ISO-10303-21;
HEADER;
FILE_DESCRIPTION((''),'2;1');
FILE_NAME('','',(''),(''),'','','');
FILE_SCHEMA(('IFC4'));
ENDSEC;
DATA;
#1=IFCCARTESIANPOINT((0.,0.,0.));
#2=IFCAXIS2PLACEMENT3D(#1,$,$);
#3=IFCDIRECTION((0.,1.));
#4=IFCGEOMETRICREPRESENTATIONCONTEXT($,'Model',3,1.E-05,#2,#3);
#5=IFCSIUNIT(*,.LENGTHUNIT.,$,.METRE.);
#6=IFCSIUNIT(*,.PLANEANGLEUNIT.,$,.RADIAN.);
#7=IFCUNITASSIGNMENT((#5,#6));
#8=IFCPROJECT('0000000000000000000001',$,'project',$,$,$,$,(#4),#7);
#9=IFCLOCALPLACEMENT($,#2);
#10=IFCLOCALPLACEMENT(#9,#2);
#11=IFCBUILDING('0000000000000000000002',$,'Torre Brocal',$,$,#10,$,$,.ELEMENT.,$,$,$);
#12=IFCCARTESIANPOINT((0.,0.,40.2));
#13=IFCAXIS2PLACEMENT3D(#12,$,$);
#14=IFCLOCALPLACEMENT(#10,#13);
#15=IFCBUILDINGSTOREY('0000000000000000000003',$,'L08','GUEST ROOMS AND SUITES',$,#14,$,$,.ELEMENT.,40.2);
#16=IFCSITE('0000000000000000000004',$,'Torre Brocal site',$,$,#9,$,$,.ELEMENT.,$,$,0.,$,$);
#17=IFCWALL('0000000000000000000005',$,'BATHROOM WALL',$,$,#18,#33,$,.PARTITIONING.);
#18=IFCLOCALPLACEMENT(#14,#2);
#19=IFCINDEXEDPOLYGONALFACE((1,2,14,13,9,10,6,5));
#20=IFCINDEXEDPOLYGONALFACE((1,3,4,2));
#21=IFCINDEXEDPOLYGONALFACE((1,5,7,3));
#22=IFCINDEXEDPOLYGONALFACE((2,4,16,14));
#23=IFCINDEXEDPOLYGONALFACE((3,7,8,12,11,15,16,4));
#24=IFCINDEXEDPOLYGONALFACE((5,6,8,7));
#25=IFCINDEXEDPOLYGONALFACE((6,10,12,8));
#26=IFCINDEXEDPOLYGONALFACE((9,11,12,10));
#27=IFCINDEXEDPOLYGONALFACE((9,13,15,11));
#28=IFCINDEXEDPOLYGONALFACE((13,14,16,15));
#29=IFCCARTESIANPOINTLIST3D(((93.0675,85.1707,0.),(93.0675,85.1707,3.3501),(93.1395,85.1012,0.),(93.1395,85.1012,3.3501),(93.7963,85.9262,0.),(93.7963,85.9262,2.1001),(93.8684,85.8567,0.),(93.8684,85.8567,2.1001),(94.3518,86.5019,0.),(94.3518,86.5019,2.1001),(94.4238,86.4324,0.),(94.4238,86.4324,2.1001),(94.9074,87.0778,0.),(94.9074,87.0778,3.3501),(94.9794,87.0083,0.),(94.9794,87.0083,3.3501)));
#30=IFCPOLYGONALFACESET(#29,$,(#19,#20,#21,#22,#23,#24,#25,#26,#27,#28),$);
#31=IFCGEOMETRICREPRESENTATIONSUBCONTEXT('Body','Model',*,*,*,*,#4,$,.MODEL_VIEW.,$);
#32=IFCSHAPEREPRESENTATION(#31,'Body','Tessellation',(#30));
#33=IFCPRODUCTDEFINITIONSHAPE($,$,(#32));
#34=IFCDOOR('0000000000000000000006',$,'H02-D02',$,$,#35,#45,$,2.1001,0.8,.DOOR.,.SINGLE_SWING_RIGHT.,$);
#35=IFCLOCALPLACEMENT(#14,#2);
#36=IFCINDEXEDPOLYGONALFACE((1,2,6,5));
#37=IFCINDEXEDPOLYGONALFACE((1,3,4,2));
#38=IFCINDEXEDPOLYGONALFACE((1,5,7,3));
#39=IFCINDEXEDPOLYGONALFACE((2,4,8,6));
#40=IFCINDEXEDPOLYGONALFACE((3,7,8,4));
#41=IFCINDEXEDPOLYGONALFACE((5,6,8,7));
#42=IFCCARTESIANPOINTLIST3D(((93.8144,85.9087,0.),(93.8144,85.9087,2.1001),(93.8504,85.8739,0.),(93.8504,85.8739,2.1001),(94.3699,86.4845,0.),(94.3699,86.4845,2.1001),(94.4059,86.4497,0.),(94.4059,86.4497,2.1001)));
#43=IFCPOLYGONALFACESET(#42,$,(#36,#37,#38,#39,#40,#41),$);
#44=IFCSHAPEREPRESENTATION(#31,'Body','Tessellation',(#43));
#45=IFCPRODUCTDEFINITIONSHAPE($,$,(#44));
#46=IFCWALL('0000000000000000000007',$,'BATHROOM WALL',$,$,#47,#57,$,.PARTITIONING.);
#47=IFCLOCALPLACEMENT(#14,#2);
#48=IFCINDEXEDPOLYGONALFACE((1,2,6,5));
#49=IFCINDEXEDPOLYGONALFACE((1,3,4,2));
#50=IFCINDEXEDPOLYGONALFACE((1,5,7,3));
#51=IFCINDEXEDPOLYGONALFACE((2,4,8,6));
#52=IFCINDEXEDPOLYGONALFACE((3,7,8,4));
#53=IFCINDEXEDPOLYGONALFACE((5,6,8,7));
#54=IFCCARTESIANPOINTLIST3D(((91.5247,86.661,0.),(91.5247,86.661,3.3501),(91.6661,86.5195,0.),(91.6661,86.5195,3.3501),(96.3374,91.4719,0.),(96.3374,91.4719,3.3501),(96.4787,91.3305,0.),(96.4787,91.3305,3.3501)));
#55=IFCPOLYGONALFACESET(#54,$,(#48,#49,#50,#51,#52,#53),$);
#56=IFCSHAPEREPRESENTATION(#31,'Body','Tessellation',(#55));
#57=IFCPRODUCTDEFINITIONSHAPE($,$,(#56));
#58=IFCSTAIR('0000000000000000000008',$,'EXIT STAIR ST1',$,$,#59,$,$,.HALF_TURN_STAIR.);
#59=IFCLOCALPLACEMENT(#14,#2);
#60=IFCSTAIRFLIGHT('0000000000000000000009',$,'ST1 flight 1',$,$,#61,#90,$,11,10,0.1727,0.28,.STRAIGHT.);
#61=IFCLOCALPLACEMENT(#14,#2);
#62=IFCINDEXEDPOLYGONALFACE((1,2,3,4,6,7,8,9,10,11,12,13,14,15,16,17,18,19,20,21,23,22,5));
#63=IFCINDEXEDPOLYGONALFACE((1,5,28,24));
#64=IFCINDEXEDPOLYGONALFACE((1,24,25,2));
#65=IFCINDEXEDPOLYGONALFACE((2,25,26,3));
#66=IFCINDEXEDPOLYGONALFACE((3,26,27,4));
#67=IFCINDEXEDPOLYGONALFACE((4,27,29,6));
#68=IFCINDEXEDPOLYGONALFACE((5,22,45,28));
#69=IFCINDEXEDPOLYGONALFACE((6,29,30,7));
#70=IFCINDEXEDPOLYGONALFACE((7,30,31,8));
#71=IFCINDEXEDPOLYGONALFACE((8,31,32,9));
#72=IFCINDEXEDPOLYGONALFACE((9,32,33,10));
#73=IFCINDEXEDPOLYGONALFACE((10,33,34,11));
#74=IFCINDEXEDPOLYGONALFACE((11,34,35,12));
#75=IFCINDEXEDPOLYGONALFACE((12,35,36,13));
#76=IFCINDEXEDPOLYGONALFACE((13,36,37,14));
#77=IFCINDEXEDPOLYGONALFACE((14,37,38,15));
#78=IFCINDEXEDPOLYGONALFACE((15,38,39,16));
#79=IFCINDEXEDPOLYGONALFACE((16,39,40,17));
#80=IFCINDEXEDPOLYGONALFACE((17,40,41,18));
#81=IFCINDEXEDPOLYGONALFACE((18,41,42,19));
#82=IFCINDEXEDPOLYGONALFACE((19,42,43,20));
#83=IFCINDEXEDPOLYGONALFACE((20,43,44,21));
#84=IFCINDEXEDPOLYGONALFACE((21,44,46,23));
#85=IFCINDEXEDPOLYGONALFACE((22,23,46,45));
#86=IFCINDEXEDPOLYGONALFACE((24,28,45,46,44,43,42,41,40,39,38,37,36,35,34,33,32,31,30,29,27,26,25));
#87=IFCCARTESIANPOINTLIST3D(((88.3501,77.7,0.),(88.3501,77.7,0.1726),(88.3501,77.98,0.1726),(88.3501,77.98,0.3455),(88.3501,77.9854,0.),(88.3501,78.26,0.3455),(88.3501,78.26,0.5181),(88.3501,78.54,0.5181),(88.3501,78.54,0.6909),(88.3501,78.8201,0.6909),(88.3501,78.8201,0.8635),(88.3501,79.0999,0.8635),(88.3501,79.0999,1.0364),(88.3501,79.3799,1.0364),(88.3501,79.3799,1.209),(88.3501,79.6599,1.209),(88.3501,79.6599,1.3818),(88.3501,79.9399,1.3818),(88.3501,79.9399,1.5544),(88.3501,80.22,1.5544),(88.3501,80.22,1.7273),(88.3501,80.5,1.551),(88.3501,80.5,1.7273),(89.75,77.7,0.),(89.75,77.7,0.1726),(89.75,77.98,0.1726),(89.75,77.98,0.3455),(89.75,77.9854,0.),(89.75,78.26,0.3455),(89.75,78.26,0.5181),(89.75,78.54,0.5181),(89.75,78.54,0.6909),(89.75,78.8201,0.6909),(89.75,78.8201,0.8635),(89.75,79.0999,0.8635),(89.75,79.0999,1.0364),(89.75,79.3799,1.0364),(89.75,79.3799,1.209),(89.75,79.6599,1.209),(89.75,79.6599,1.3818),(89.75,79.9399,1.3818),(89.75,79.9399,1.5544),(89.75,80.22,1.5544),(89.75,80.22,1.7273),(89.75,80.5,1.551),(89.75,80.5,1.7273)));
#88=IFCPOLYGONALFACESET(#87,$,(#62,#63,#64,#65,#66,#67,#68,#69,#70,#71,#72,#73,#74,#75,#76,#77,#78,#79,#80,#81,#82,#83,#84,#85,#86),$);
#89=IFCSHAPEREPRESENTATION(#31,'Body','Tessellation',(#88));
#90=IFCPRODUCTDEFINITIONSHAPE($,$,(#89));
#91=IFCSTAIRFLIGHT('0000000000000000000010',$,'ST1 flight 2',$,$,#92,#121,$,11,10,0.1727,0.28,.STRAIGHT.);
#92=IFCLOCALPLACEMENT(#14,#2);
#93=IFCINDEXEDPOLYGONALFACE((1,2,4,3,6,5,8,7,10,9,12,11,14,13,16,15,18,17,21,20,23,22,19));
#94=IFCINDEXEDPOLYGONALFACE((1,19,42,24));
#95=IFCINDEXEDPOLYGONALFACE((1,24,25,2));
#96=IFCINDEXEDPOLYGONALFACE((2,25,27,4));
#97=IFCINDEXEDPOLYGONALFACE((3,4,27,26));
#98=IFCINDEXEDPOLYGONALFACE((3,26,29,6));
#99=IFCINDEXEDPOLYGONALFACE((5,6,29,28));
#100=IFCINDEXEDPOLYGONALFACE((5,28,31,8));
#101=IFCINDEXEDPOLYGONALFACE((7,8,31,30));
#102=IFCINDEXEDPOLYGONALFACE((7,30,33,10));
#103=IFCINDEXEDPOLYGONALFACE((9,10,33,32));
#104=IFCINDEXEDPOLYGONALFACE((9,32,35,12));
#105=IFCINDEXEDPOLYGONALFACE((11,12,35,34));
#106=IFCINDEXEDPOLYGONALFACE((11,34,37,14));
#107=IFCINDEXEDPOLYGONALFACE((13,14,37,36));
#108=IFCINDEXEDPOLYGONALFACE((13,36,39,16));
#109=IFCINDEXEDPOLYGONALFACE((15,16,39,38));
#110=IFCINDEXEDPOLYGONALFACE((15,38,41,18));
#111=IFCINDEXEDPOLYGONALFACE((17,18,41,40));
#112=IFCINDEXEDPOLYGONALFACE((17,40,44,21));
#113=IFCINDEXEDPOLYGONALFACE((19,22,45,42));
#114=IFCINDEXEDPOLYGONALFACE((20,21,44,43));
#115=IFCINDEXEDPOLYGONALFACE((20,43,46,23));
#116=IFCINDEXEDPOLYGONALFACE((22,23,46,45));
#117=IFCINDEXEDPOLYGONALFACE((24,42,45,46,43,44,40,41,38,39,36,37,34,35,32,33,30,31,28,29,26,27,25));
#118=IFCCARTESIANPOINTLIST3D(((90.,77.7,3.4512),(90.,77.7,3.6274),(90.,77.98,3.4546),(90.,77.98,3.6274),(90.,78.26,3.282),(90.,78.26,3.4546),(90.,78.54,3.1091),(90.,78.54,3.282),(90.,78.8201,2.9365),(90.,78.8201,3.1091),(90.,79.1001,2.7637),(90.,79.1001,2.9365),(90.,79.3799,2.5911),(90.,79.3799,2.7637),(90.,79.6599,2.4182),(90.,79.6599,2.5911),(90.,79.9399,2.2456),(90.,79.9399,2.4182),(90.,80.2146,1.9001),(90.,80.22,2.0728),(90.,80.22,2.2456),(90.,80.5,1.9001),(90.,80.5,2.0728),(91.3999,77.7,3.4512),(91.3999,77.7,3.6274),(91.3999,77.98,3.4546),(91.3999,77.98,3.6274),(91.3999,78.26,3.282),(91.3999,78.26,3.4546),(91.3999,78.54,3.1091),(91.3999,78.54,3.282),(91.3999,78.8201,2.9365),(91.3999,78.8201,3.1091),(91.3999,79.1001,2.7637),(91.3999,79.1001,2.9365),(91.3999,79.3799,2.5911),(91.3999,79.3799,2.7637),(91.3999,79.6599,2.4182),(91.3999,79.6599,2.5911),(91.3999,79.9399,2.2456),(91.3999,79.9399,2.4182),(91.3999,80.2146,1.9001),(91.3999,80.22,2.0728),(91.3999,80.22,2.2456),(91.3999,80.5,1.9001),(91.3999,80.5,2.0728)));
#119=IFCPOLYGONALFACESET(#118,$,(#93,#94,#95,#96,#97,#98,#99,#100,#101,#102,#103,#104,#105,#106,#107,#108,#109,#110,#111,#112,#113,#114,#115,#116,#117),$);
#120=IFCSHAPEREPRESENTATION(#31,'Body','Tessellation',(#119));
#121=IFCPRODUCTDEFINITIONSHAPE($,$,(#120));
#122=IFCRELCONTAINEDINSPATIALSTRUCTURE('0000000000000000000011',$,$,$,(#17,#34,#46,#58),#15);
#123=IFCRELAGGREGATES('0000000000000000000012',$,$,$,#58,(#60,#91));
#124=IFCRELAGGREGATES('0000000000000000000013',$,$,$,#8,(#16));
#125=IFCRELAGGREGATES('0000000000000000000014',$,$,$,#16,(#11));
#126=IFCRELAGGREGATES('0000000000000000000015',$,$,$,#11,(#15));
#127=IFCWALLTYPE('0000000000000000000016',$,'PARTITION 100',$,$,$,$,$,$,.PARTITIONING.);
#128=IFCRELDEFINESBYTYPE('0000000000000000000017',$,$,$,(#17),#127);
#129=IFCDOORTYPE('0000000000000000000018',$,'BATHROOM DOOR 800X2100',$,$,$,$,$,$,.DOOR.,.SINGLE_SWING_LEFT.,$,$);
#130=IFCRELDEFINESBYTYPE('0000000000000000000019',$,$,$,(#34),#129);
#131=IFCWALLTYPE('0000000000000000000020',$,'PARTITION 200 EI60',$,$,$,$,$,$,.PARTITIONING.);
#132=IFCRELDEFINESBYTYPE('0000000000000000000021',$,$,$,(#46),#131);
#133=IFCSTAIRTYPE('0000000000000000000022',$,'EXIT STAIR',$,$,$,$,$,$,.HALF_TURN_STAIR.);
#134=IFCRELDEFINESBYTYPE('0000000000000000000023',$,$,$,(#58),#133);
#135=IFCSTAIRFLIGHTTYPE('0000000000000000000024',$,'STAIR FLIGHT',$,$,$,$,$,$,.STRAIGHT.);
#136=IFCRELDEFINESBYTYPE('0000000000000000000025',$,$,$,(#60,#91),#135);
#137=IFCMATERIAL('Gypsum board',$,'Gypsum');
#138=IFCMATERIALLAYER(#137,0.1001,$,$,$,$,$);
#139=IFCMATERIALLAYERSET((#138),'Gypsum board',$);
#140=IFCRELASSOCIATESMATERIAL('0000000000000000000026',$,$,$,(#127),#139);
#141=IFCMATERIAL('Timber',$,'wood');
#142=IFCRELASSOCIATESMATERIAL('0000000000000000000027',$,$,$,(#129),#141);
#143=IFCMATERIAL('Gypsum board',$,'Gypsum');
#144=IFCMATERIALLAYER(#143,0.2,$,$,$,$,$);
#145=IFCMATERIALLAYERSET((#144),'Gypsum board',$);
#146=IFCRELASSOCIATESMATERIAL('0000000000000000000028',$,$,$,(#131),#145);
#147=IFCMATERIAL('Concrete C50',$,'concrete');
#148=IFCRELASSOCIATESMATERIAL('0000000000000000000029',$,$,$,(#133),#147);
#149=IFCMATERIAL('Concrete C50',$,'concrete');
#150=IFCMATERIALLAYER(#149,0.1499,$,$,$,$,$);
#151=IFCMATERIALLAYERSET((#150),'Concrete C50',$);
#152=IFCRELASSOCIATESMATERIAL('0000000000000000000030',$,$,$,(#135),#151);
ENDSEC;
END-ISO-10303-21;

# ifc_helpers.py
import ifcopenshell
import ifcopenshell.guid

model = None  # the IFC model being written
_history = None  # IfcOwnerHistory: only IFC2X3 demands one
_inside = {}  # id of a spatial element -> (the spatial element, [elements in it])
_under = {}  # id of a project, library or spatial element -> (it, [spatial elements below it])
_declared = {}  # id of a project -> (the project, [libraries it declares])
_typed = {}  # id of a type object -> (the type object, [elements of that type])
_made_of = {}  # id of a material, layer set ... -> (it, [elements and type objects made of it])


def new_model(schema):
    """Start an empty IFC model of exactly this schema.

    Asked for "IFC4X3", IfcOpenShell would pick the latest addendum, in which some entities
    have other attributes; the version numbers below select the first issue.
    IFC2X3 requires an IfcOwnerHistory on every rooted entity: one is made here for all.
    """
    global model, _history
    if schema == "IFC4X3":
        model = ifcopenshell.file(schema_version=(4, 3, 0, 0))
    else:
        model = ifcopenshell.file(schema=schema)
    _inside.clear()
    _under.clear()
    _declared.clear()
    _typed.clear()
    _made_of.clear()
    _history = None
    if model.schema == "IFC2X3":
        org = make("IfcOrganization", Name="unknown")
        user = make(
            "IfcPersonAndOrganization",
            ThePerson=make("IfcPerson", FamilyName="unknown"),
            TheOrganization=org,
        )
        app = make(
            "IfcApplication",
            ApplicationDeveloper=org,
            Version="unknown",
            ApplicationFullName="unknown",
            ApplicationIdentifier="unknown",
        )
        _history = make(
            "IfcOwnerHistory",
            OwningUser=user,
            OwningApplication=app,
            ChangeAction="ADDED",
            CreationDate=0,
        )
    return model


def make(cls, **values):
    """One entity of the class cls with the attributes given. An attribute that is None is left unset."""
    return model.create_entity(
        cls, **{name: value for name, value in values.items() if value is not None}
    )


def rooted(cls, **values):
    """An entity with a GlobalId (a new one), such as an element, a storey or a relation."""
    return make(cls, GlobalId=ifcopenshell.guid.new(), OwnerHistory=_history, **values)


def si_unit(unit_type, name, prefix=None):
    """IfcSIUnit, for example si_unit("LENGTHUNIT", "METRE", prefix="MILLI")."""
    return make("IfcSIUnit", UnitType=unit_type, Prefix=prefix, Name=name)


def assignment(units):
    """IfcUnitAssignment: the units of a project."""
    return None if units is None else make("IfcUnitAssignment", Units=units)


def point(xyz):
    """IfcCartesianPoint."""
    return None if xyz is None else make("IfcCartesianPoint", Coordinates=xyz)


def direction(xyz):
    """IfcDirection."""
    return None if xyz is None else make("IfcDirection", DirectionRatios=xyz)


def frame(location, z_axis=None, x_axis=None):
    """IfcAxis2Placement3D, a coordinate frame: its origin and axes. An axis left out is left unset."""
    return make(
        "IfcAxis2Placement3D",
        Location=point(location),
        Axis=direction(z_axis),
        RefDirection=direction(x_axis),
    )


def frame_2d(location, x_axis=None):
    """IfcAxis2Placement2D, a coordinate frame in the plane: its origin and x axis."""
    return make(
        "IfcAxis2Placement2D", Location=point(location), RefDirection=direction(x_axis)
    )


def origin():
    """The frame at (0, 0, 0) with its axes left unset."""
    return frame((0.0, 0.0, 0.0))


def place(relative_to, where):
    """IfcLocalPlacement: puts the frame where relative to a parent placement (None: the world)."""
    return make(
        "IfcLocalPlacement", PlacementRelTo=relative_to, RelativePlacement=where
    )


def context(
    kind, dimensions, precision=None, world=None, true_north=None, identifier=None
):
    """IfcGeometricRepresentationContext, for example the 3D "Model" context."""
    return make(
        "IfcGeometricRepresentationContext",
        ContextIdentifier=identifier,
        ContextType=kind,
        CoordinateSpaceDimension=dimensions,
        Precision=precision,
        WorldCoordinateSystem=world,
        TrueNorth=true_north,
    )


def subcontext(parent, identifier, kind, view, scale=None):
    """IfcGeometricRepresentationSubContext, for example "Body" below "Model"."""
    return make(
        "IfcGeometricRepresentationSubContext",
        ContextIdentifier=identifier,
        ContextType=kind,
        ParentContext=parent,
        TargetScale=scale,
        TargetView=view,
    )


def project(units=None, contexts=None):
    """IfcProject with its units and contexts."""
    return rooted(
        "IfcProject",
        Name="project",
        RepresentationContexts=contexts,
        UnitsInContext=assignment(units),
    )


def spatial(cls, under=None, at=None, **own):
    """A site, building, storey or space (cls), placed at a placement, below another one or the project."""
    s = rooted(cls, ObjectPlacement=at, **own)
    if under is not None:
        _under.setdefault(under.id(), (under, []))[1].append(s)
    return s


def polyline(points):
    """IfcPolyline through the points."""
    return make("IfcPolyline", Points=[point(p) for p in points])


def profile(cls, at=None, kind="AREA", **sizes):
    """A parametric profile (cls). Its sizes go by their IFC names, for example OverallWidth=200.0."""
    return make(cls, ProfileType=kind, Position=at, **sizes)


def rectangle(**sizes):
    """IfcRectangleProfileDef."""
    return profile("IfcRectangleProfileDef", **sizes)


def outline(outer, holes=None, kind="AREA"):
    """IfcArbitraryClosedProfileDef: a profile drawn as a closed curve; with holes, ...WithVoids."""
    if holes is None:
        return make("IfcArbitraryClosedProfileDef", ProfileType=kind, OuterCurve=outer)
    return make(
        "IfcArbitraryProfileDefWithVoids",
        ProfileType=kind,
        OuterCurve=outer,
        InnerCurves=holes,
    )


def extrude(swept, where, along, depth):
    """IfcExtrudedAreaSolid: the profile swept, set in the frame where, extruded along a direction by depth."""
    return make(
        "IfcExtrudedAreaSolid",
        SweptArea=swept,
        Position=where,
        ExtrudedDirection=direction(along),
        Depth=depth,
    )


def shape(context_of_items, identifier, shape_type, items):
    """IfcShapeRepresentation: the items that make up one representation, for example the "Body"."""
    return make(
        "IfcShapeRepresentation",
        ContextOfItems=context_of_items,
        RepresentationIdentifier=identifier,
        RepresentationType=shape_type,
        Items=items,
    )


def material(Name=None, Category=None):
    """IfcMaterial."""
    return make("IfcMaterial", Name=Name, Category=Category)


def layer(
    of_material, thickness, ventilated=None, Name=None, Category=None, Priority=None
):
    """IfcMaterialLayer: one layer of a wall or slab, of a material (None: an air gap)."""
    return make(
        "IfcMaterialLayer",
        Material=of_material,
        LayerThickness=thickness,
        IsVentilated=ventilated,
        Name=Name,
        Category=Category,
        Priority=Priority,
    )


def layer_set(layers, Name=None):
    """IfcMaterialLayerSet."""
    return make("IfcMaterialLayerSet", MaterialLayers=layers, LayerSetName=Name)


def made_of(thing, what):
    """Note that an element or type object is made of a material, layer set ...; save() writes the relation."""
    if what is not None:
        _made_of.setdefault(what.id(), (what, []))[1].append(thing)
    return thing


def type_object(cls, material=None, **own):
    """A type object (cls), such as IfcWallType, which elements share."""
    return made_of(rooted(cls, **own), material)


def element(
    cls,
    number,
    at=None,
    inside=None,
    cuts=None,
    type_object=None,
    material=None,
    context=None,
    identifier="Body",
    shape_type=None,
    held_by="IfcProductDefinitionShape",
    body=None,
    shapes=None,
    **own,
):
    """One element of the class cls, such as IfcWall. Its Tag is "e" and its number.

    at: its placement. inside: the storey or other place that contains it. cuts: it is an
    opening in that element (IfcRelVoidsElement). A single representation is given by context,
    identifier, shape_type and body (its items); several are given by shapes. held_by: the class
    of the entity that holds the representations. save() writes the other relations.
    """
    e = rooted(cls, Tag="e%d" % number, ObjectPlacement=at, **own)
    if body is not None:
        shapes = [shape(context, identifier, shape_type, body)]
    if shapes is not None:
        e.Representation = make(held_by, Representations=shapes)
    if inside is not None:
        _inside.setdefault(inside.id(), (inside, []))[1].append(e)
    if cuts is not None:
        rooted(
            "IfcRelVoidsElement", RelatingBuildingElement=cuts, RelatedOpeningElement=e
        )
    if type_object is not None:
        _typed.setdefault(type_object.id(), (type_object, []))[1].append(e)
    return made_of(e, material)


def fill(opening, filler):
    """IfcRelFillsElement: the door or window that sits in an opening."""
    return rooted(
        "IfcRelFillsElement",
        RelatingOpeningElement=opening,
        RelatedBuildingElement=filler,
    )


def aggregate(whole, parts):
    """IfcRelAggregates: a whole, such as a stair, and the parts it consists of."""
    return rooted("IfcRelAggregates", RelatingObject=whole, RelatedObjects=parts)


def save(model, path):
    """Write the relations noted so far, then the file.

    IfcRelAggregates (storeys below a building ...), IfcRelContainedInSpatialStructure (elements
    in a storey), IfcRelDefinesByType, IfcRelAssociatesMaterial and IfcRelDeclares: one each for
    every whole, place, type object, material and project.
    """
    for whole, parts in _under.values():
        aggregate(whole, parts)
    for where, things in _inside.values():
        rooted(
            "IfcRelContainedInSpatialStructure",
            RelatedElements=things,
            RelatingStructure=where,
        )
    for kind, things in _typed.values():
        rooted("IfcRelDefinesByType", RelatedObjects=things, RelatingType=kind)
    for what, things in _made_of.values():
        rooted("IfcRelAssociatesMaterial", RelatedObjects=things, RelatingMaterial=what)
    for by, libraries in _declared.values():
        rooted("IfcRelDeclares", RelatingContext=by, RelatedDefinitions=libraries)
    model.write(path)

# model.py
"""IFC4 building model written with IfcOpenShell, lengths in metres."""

from ifc_helpers import new_model, si_unit, direction, frame, frame_2d, origin, place, context, subcontext, project, spatial, polyline, rectangle, outline, extrude, material, layer, layer_set, type_object, element, fill, aggregate, save


model = new_model("IFC4")

# Units and contexts
model_context = context("Model", 3, precision=1e-05, world=origin(), true_north=direction((0.0, 1.0)))
body_context = subcontext(model_context, "Body", "Model", "MODEL_VIEW")
ifc_project = project(units=[si_unit("LENGTHUNIT", "METRE"), si_unit("PLANEANGLEUNIT", "RADIAN")], contexts=[model_context])

# Site, building, storey
site_placement = place(None, origin())
site = spatial("IfcSite", under=ifc_project, at=site_placement, Name="Torre Brocal site", CompositionType="ELEMENT", RefElevation=0.0)
building_placement = place(site_placement, origin())
building = spatial("IfcBuilding", under=site, at=building_placement, Name="Torre Brocal", CompositionType="ELEMENT")
storey_placement = place(building_placement, frame((0.0, 0.0, 40.2)))
storey = spatial("IfcBuildingStorey", under=building, at=storey_placement, Name="L08", Description="GUEST ROOMS AND SUITES", CompositionType="ELEMENT", Elevation=40.2)

# Wall, opening, door
ifc_material_1 = material(Name="Gypsum board", Category="Gypsum")
ifc_layer_1 = layer(ifc_material_1, 0.1001)
ifc_layer_set_1 = layer_set([ifc_layer_1], Name="Gypsum board")
wall_type_1 = type_object("IfcWallType", Name="PARTITION 100", PredefinedType="PARTITIONING", material=ifc_layer_set_1)
wall_1_placement = place(storey_placement, frame((93.1035, 85.136, 0.0), z_axis=(0.0, 0.0, 1.0), x_axis=(0.694325, 0.719662, 0.0)))
wall_1 = element("IfcWall", 1, at=wall_1_placement, inside=storey, type_object=wall_type_1, Name="BATHROOM WALL", PredefinedType="PARTITIONING", context=body_context, shape_type="SweptSolid", body=[
    extrude(rectangle(XDim=2.6499, YDim=0.1001, at=frame_2d((1.325, 0.0))), origin(), (0.0, 0.0, 1.0), 3.3501),
])
opening_1_placement = place(wall_1_placement, frame((1.0498, 0.0, 0.0)))
opening_1 = element("IfcOpeningElement", 2, at=opening_1_placement, cuts=wall_1, PredefinedType="OPENING", context=body_context, shape_type="SweptSolid", body=[
    extrude(rectangle(XDim=0.8, YDim=2.1001, at=frame_2d((0.3999, 1.05))), frame((0.0, 0.0601, 0.0), z_axis=(0.0, -1.0, 0.0), x_axis=(1.0, 0.0, 0.0)), (0.0, 0.0, 1.0), 0.1201),
])
ifc_material_2 = material(Name="Timber", Category="wood")
door_type_1 = type_object("IfcDoorType", Name="BATHROOM DOOR 800X2100", OperationType="SINGLE_SWING_LEFT", PredefinedType="DOOR", material=ifc_material_2)
door_1_placement = place(opening_1_placement, origin())
door_1 = element("IfcDoor", 3, at=door_1_placement, inside=storey, type_object=door_type_1, Name="H02-D02", OperationType="SINGLE_SWING_RIGHT", OverallHeight=2.1001, OverallWidth=0.8, PredefinedType="DOOR", context=body_context, shape_type="SweptSolid", body=[
    extrude(rectangle(XDim=0.8, YDim=2.1001, at=frame_2d((0.3999, 1.05))), frame((0.0, 0.0249, 0.0), z_axis=(0.0, -1.0, 0.0), x_axis=(1.0, 0.0, 0.0)), (0.0, 0.0, 1.0), 0.05),
])
fill(opening_1, door_1)

# Wall
ifc_material_3 = material(Name="Gypsum board", Category="Gypsum")
ifc_layer_2 = layer(ifc_material_3, 0.2)
ifc_layer_set_2 = layer_set([ifc_layer_2], Name="Gypsum board")
wall_type_2 = type_object("IfcWallType", Name="PARTITION 200 EI60", PredefinedType="PARTITIONING", material=ifc_layer_set_2)
wall_2_placement = place(storey_placement, frame((91.5955, 86.5903, 0.0), z_axis=(0.0, 0.0, 1.0), x_axis=(0.707232, 0.706981, 0.0)))
element("IfcWall", 4, at=wall_2_placement, inside=storey, type_object=wall_type_2, Name="BATHROOM WALL", PredefinedType="PARTITIONING", context=body_context, shape_type="SweptSolid", body=[
    extrude(rectangle(XDim=6.8049, YDim=0.2, at=frame_2d((3.4023, 0.0))), origin(), (0.0, 0.0, 1.0), 3.3501),
])

# Stair, stair flights
ifc_material_4 = material(Name="Concrete C50", Category="concrete")
stair_type = type_object("IfcStairType", Name="EXIT STAIR", PredefinedType="HALF_TURN_STAIR", material=ifc_material_4)
stair_placement = place(storey_placement, origin())
stair = element("IfcStair", 5, at=stair_placement, inside=storey, type_object=stair_type, Name="EXIT STAIR ST1", PredefinedType="HALF_TURN_STAIR")
ifc_material_5 = material(Name="Concrete C50", Category="concrete")
ifc_layer_3 = layer(ifc_material_5, 0.1499)
ifc_layer_set_3 = layer_set([ifc_layer_3], Name="Concrete C50")
stair_flight_type = type_object("IfcStairFlightType", Name="STAIR FLIGHT", PredefinedType="STRAIGHT", material=ifc_layer_set_3)
stair_flight_1_placement = place(storey_placement, frame((89.05, 77.7, 0.0), z_axis=(0.0, 0.0, 1.0), x_axis=(0.0, 1.0, 0.0)))
stair_flight_1 = element("IfcStairFlight", 6, at=stair_flight_1_placement, type_object=stair_flight_type, Name="ST1 flight 1", NumberOfRisers=11, NumberOfTreads=10, PredefinedType="STRAIGHT", RiserHeight=0.1727, TreadLength=0.28, context=body_context, shape_type="SweptSolid", body=[
    extrude(outline(polyline([(0.0, 0.0), (0.0, 0.1726), (0.28, 0.1726), (0.28, 0.3455), (0.5601, 0.3455), (0.5601, 0.5181), (0.8401, 0.5181), (0.8401, 0.6909), (1.1201, 0.6909), (1.1201, 0.8635), (1.3999, 0.8635), (1.3999, 1.0364), (1.6799, 1.0364), (1.6799, 1.209), (1.96, 1.209), (1.96, 1.3818), (2.24, 1.3818), (2.24, 1.5544), (2.52, 1.5544), (2.52, 1.7273), (2.8, 1.7273), (2.8, 1.8999), (2.8, 1.551), (0.2854, 0.0), (0.0, 0.0)])), frame((0.0, 0.7, 0.0), z_axis=(0.0, -1.0, 0.0), x_axis=(1.0, 0.0, 0.0)), (0.0, 0.0, 1.0), 1.3999),
])
stair_flight_2_placement = place(storey_placement, frame((90.7, 80.5, 1.9001), z_axis=(0.0, 0.0, 1.0), x_axis=(0.0, -1.0, 0.0)))
stair_flight_2 = element("IfcStairFlight", 7, at=stair_flight_2_placement, type_object=stair_flight_type, Name="ST1 flight 2", NumberOfRisers=11, NumberOfTreads=10, PredefinedType="STRAIGHT", RiserHeight=0.1727, TreadLength=0.28, context=body_context, shape_type="SweptSolid", body=[
    extrude(outline(polyline([(0.0, 0.0), (0.0, 0.1726), (0.28, 0.1726), (0.28, 0.3455), (0.5601, 0.3455), (0.5601, 0.5181), (0.8401, 0.5181), (0.8401, 0.6909), (1.1201, 0.6909), (1.1201, 0.8635), (1.3999, 0.8635), (1.3999, 1.0364), (1.6799, 1.0364), (1.6799, 1.209), (1.96, 1.209), (1.96, 1.3818), (2.24, 1.3818), (2.24, 1.5544), (2.52, 1.5544), (2.52, 1.7273), (2.8, 1.7273), (2.8, 1.8999), (2.8, 1.551), (0.2854, 0.0), (0.0, 0.0)])), frame((0.0, 0.7, 0.0), z_axis=(0.0, -1.0, 0.0), x_axis=(1.0, 0.0, 0.0)), (0.0, 0.0, 1.0), 1.3999),
])
aggregate(stair, [stair_flight_1, stair_flight_2])

save(model, "model.ifc")
